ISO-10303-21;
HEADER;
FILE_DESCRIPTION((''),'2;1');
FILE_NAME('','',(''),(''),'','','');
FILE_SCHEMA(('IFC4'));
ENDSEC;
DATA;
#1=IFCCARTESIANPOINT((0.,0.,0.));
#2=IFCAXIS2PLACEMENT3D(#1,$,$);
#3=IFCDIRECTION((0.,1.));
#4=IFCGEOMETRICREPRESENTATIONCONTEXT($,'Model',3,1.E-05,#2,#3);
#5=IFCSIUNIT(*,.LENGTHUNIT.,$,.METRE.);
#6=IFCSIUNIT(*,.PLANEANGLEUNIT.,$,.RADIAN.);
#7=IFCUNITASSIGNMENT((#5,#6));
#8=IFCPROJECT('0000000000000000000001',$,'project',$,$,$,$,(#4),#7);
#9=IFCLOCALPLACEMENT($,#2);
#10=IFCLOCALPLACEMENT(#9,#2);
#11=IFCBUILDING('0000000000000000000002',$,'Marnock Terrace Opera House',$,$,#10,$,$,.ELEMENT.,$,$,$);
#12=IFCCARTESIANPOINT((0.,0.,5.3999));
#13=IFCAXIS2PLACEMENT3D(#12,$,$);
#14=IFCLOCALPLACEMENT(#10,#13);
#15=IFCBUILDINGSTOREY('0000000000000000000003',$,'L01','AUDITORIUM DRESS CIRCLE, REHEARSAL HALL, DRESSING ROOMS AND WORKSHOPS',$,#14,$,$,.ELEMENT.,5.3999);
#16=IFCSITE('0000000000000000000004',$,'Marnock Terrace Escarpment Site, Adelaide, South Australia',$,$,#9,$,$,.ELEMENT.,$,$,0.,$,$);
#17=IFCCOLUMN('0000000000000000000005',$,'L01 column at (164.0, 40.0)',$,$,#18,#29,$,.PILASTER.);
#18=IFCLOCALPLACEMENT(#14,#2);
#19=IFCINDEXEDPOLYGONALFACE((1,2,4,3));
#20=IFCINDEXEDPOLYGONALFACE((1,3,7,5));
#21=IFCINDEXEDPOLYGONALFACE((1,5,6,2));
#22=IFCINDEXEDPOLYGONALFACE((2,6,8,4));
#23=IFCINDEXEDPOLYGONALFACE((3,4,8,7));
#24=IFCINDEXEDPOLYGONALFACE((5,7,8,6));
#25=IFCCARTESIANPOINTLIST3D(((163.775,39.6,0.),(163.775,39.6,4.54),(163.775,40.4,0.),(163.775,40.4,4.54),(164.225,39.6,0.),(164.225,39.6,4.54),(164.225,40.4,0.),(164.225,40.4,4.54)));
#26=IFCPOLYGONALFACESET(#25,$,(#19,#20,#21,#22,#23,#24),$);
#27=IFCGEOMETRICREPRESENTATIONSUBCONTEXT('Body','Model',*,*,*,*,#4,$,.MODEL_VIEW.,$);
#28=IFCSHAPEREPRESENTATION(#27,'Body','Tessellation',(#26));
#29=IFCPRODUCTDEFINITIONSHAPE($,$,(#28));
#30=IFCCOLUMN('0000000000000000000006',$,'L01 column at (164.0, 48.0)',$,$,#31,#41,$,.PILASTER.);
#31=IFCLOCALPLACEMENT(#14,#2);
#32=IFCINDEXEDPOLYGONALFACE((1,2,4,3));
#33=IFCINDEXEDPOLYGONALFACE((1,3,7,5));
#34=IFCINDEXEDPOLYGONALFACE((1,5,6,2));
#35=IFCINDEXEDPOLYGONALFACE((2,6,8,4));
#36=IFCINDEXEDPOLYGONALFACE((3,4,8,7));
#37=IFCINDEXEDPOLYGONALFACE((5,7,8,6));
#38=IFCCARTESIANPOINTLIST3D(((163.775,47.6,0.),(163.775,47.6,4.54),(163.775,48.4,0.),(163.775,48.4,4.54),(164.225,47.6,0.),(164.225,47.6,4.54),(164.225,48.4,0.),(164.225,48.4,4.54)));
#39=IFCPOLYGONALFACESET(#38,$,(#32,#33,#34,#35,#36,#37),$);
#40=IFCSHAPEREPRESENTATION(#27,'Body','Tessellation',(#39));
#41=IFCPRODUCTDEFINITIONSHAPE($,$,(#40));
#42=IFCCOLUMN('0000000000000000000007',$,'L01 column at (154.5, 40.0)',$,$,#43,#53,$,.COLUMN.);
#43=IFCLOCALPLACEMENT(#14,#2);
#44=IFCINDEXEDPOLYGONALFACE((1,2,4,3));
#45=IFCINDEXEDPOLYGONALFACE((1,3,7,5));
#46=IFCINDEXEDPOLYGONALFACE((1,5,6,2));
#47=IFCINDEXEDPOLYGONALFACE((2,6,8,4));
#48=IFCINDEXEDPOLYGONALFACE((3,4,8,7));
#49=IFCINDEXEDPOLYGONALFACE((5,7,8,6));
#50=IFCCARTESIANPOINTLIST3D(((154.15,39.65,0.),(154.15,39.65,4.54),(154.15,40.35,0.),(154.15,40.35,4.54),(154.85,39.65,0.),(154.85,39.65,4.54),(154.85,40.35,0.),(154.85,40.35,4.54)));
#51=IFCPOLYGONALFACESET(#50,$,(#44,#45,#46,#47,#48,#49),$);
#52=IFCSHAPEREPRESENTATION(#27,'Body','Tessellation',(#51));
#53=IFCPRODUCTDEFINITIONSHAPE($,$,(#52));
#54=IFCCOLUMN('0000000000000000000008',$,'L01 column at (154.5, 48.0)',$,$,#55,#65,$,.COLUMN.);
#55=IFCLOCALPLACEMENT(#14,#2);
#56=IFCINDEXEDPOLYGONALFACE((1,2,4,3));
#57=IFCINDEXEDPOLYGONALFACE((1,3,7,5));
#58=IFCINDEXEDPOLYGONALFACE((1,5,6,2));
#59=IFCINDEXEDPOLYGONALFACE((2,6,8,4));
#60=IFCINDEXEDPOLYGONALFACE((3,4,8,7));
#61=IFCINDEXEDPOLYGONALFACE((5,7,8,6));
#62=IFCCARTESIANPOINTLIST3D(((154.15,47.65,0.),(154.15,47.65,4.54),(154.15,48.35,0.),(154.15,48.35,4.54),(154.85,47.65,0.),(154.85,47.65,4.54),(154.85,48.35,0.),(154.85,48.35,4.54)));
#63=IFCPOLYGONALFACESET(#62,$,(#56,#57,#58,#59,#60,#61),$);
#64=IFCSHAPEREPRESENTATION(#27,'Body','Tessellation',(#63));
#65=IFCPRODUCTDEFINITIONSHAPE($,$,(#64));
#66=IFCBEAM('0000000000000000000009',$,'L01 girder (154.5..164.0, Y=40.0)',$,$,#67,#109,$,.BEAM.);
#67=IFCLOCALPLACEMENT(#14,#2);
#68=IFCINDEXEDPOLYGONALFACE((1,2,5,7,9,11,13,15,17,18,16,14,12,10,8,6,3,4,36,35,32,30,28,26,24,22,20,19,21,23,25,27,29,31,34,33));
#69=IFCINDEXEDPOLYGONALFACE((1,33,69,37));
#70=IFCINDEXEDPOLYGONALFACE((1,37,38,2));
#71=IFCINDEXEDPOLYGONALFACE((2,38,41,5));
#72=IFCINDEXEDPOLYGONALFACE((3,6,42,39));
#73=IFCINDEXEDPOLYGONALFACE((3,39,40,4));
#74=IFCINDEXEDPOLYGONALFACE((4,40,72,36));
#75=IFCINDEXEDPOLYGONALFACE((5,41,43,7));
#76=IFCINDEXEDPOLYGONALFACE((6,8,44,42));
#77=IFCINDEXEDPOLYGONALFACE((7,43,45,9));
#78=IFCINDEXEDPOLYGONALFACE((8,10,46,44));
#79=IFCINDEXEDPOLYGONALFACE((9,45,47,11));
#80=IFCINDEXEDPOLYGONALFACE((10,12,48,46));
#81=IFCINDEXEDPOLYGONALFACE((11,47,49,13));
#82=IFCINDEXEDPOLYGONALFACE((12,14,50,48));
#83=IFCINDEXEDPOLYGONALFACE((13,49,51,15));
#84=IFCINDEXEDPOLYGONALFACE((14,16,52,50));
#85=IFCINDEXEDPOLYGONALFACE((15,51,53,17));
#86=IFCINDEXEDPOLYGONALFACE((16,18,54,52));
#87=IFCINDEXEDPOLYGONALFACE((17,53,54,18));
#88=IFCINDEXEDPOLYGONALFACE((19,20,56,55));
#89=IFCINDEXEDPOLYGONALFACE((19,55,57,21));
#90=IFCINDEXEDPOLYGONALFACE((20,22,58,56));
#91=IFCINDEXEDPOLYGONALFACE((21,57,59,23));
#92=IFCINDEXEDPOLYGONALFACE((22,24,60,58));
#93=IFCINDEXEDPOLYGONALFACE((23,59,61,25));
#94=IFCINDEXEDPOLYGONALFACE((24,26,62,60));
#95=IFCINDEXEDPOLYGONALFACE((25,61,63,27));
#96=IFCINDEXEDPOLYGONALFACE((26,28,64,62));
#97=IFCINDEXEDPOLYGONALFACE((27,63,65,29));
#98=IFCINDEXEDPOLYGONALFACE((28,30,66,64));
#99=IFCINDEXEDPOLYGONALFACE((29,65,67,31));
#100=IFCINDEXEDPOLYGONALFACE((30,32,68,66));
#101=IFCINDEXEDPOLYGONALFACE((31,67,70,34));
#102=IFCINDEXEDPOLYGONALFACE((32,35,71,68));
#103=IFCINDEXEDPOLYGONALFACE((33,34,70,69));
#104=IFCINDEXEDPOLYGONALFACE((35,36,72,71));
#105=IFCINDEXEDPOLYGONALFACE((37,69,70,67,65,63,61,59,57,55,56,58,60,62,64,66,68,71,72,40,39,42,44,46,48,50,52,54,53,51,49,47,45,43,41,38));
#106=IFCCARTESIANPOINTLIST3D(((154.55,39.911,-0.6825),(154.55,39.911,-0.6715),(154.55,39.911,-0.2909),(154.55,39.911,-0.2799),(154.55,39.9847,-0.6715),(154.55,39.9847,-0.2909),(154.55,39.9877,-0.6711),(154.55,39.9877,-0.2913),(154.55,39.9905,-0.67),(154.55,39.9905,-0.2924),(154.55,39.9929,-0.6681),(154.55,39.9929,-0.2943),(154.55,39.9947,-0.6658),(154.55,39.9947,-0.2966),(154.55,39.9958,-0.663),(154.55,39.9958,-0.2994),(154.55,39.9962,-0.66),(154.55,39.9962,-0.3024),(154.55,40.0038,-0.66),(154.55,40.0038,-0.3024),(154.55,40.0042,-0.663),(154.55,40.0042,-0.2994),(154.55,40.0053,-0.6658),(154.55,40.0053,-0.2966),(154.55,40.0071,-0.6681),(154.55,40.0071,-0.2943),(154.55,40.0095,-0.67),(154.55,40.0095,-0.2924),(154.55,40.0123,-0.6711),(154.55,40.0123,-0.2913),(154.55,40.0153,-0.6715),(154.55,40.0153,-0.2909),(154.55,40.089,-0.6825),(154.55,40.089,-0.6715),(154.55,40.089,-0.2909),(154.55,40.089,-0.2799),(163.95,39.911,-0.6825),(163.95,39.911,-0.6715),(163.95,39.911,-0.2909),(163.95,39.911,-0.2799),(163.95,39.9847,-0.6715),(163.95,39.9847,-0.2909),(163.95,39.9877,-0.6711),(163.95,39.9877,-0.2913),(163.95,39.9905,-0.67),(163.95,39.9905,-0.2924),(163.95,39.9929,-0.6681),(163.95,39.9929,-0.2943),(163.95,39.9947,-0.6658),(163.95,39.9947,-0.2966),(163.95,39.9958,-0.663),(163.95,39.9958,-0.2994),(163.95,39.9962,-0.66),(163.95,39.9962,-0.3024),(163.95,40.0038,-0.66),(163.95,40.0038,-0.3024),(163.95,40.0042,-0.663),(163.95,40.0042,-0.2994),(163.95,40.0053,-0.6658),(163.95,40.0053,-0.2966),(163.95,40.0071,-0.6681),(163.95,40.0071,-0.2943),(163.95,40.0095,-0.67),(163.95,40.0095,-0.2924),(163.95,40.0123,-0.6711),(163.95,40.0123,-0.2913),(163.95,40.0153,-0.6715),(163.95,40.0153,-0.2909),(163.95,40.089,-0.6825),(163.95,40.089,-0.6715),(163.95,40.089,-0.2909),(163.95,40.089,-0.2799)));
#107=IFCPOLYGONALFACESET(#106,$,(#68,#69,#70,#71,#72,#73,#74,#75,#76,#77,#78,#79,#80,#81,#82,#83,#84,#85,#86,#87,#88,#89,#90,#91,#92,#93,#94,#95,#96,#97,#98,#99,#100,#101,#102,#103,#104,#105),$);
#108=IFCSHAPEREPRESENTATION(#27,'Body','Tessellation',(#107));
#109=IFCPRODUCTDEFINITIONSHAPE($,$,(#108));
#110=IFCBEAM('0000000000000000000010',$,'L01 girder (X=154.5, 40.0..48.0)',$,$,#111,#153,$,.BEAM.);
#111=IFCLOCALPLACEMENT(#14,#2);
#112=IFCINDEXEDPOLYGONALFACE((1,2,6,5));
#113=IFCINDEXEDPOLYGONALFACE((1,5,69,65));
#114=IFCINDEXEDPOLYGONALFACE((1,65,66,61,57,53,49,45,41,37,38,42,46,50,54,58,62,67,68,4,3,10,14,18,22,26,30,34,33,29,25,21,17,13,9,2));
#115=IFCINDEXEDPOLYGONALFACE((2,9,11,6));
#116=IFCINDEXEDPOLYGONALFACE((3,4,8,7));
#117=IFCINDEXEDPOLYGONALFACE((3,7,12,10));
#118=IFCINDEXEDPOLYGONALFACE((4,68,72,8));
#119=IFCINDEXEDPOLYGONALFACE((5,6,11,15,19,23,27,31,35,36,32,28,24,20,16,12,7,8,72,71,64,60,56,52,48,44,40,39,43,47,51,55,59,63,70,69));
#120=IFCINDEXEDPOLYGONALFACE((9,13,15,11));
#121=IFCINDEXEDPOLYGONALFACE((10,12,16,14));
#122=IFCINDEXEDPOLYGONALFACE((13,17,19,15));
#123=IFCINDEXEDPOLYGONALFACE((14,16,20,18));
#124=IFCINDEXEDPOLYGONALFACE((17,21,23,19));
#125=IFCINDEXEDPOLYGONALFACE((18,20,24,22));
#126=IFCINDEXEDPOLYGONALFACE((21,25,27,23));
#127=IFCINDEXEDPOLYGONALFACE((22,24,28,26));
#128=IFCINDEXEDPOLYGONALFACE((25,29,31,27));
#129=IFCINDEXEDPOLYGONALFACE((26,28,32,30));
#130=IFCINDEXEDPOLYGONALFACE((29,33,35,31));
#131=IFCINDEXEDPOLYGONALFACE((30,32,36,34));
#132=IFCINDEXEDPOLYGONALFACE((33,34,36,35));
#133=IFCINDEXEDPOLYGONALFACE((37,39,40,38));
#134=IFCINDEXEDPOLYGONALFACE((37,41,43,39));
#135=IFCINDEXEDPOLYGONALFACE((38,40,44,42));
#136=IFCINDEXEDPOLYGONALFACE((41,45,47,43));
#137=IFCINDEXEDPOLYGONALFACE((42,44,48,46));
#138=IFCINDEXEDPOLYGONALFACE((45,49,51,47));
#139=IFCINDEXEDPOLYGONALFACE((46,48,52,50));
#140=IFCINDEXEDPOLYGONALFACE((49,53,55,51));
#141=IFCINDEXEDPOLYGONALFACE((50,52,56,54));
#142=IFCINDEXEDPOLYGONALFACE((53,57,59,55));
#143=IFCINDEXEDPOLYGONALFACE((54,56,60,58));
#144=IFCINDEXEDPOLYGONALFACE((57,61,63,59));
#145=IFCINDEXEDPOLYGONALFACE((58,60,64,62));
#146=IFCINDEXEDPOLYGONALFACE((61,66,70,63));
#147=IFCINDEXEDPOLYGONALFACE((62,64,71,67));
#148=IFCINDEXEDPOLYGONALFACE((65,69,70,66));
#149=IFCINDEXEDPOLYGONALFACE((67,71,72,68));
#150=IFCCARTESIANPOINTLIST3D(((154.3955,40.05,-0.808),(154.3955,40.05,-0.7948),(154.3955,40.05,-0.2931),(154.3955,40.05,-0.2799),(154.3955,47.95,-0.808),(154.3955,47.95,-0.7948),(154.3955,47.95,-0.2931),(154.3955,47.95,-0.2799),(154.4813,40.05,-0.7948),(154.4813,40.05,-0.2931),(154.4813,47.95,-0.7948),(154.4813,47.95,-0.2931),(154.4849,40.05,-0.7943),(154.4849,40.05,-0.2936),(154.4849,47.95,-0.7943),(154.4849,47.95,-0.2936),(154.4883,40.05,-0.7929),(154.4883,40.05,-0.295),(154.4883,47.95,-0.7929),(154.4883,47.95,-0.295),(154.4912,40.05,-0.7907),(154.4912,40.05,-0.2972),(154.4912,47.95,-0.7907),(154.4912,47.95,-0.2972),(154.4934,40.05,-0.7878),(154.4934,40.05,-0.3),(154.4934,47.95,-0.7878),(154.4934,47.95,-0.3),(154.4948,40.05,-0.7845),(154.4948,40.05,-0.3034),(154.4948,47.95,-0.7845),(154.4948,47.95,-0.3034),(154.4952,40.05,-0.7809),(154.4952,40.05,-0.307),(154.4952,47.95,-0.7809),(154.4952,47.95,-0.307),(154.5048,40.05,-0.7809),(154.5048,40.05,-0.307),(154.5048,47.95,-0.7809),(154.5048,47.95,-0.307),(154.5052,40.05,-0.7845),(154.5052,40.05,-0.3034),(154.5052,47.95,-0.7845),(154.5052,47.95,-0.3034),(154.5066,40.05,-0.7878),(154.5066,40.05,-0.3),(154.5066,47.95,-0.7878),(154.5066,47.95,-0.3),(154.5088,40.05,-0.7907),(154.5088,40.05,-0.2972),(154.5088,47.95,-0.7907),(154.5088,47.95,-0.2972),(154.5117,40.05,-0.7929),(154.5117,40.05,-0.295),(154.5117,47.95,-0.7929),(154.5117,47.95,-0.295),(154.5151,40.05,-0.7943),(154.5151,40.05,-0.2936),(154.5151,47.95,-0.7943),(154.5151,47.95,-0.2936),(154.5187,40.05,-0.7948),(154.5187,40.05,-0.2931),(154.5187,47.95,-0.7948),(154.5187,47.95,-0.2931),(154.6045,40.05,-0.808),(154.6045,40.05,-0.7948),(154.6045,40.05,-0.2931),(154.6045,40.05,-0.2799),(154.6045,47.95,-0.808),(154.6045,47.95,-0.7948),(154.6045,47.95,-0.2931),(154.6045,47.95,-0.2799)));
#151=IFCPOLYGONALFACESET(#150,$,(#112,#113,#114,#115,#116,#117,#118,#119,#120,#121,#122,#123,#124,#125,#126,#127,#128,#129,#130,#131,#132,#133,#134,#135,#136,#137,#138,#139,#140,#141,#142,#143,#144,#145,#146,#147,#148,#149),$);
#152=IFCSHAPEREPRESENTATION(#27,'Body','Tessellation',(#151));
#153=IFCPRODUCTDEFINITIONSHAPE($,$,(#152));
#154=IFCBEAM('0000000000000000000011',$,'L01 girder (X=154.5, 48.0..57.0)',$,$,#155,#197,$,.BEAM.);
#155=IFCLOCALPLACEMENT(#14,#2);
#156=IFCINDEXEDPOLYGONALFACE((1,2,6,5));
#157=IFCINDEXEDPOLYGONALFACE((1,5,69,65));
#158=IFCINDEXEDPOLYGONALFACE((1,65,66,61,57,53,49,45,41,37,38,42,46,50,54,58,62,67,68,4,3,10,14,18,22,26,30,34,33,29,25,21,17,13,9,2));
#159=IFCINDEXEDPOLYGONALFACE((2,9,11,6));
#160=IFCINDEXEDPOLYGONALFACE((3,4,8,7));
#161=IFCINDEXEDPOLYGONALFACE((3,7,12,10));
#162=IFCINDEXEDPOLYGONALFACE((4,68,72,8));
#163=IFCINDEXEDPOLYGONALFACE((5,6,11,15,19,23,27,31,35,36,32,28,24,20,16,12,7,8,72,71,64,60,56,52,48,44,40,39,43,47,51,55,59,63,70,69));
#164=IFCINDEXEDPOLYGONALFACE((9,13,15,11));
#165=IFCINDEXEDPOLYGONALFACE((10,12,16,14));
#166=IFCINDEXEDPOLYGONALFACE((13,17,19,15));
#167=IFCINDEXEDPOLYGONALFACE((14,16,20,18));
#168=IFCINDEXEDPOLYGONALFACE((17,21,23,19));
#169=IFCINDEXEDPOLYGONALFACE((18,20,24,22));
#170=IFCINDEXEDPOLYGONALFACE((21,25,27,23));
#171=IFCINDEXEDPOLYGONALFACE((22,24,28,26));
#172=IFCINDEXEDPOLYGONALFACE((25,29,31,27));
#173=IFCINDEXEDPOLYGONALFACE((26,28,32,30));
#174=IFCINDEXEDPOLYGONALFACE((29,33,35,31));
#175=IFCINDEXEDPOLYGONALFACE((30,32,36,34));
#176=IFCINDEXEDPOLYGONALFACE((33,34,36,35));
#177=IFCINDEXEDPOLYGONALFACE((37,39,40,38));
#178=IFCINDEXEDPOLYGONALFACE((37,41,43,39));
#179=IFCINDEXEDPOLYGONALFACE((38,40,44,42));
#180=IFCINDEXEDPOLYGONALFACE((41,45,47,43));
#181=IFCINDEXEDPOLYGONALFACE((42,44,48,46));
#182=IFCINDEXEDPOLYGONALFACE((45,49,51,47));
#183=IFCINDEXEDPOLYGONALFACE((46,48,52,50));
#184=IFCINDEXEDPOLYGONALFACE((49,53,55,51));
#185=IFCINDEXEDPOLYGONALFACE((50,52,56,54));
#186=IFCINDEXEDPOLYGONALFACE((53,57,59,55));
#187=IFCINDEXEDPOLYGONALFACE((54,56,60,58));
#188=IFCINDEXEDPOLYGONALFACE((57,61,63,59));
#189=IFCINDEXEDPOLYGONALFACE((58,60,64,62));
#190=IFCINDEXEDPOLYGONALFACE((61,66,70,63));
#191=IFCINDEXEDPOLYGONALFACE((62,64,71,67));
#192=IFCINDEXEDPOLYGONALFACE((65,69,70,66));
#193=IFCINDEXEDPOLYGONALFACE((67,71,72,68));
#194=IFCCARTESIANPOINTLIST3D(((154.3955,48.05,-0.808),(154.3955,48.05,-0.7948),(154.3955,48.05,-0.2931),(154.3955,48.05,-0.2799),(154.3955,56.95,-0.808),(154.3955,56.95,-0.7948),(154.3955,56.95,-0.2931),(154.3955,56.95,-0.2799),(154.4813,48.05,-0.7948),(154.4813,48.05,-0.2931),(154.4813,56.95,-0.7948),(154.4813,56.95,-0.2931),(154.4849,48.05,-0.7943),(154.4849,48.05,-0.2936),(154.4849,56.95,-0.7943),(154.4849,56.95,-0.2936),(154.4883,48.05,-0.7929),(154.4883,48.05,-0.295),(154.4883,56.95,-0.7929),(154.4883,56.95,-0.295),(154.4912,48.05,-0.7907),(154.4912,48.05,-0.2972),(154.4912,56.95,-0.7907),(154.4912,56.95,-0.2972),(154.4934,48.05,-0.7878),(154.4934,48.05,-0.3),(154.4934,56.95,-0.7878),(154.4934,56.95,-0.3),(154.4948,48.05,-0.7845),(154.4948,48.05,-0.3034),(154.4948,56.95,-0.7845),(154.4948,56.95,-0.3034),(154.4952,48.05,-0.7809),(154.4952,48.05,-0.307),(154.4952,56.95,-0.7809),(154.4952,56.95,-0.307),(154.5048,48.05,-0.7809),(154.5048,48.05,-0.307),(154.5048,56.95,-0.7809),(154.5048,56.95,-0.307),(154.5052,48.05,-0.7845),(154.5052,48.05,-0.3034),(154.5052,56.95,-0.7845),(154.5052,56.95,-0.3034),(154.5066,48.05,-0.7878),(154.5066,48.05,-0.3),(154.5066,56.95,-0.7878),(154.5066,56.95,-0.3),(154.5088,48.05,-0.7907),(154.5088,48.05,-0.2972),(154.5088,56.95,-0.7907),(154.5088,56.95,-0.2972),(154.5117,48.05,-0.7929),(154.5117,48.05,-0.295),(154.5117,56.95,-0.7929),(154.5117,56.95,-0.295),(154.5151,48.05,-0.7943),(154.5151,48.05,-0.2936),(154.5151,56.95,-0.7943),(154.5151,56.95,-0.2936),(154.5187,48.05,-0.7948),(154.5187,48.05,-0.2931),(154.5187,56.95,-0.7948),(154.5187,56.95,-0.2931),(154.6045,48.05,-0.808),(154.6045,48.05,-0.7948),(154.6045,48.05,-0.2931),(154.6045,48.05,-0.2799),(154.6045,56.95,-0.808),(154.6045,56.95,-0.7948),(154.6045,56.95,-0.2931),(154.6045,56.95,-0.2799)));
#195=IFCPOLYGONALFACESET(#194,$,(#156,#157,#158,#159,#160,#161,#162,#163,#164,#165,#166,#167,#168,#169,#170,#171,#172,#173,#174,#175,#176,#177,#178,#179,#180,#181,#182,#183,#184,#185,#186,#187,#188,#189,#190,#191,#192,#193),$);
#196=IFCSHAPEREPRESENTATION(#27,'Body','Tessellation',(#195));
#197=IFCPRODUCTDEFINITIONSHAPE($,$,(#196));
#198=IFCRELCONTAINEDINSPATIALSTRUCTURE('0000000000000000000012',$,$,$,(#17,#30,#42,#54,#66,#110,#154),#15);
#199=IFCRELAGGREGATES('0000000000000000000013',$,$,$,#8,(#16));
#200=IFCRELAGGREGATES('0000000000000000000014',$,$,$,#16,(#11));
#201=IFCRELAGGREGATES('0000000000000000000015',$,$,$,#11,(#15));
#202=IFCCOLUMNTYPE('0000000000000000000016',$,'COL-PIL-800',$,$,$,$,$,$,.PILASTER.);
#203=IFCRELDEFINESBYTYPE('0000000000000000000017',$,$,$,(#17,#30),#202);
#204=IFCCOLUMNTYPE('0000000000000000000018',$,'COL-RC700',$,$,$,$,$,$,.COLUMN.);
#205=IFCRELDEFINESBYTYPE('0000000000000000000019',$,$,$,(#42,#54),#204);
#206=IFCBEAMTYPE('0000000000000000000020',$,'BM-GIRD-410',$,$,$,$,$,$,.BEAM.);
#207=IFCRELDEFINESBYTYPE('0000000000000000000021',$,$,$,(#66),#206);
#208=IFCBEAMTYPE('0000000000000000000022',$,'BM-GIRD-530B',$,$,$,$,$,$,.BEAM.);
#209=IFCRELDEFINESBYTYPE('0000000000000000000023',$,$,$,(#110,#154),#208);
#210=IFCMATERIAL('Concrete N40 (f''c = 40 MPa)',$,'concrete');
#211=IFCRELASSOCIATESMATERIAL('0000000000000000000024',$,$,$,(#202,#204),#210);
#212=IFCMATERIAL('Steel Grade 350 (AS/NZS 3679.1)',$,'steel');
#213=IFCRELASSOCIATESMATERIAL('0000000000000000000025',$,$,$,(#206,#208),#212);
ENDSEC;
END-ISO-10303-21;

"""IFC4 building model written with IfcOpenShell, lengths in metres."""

from ifc_helpers import new_model, si_unit, direction, frame, origin, origin_2d, place, context, subcontext, project, spatial, rectangle, i_section, extrude, material, material_profile, profile_set, type_object, element, save


model = new_model("IFC4")

# Units and contexts
model_context = context("Model", 3, precision=1e-05, world=origin(), true_north=direction((0.0, 1.0)))
body_context = subcontext(model_context, "Body", "Model", "MODEL_VIEW")
ifc_project = project(units=[si_unit("LENGTHUNIT", "METRE"), si_unit("PLANEANGLEUNIT", "RADIAN")], contexts=[model_context])

# Site, building, storey
site_placement = place(None, origin())
site = spatial("IfcSite", under=ifc_project, at=site_placement, Name="Marnock Terrace Escarpment Site, Adelaide, South Australia", CompositionType="ELEMENT", RefElevation=0.0)
building_placement = place(site_placement, origin())
building = spatial("IfcBuilding", under=site, at=building_placement, Name="Marnock Terrace Opera House", CompositionType="ELEMENT")
storey_placement = place(building_placement, frame((0.0, 0.0, 5.3999)))
storey = spatial("IfcBuildingStorey", under=building, at=storey_placement, Name="L01", Description="AUDITORIUM DRESS CIRCLE, REHEARSAL HALL, DRESSING ROOMS AND WORKSHOPS", CompositionType="ELEMENT", Elevation=5.3999)

# Columns
ifc_material_1 = material(Name="Concrete N40 (f'c = 40 MPa)", Category="concrete")
ifc_material_profile_1 = material_profile(ifc_material_1, rectangle(XDim=0.45, YDim=0.8, at=origin_2d()))
ifc_profile_set_1 = profile_set([ifc_material_profile_1], Name="Concrete N40 (f'c = 40 MPa)")
column_type_1 = type_object("IfcColumnType", Name="COL-PIL-800", PredefinedType="PILASTER", material=ifc_profile_set_1)
for number, where, z_axis, x_axis, name in (
    (1, (164.0, 40.0, 0.0), (0.0, 0.0, 1.0), (1.0, 0.0, 0.0), "L01 column at (164.0, 40.0)"),
    (2, (164.0, 48.0, 0.0), (0.0, 0.0, 1.0), (1.0, 0.0, 0.0), "L01 column at (164.0, 48.0)"),
):
    element("IfcColumn", number, at=place(storey_placement, frame(where, z_axis=z_axis, x_axis=x_axis)), inside=storey, type_object=column_type_1, Name=name, PredefinedType="PILASTER", context=body_context, shape_type="SweptSolid", body=[
        extrude(rectangle(XDim=0.45, YDim=0.8, at=origin_2d()), origin(), (0.0, 0.0, 1.0), 4.54),
    ])
ifc_material_profile_2 = material_profile(ifc_material_1, rectangle(XDim=0.7, YDim=0.7, at=origin_2d()))
ifc_profile_set_2 = profile_set([ifc_material_profile_2], Name="Concrete N40 (f'c = 40 MPa)")
column_type_2 = type_object("IfcColumnType", Name="COL-RC700", PredefinedType="COLUMN", material=ifc_profile_set_2)
for number, where, z_axis, x_axis, name in (
    (3, (154.5, 40.0, 0.0), (0.0, 0.0, 1.0), (1.0, 0.0, 0.0), "L01 column at (154.5, 40.0)"),
    (4, (154.5, 48.0, 0.0), (0.0, 0.0, 1.0), (1.0, 0.0, 0.0), "L01 column at (154.5, 48.0)"),
):
    element("IfcColumn", number, at=place(storey_placement, frame(where, z_axis=z_axis, x_axis=x_axis)), inside=storey, type_object=column_type_2, Name=name, PredefinedType="COLUMN", context=body_context, shape_type="SweptSolid", body=[
        extrude(rectangle(XDim=0.7, YDim=0.7, at=origin_2d()), origin(), (0.0, 0.0, 1.0), 4.54),
    ])

# Beams
ifc_material_2 = material(Name="Steel Grade 350 (AS/NZS 3679.1)", Category="steel")
ifc_material_profile_3 = material_profile(ifc_material_2, i_section(OverallWidth=0.178, OverallDepth=0.4026, WebThickness=0.0076, FlangeThickness=0.011, FilletRadius=0.0115, at=origin_2d()))
ifc_profile_set_3 = profile_set([ifc_material_profile_3], Name="Steel Grade 350 (AS/NZS 3679.1)")
beam_type_1 = type_object("IfcBeamType", Name="BM-GIRD-410", PredefinedType="BEAM", material=ifc_profile_set_3)
beam_1_placement = place(storey_placement, frame((154.55, 40.0, -0.4812), z_axis=(1.0, 0.0, 0.0), x_axis=(0.0, 1.0, 0.0)))
element("IfcBeam", 5, at=beam_1_placement, inside=storey, type_object=beam_type_1, Name="L01 girder (154.5..164.0, Y=40.0)", PredefinedType="BEAM", context=body_context, shape_type="SweptSolid", body=[
    extrude(i_section(OverallWidth=0.178, OverallDepth=0.4026, WebThickness=0.0076, FlangeThickness=0.011, FilletRadius=0.0115, at=origin_2d()), origin(), (0.0, 0.0, 1.0), 9.3999),
])
ifc_material_profile_4 = material_profile(ifc_material_2, i_section(OverallWidth=0.209, OverallDepth=0.5281, WebThickness=0.0095, FlangeThickness=0.0132, FilletRadius=0.0139, at=origin_2d()))
ifc_profile_set_4 = profile_set([ifc_material_profile_4], Name="Steel Grade 350 (AS/NZS 3679.1)")
beam_type_2 = type_object("IfcBeamType", Name="BM-GIRD-530B", PredefinedType="BEAM", material=ifc_profile_set_4)
beam_2_placement = place(storey_placement, frame((154.5, 40.05, -0.5439), z_axis=(0.0, 1.0, 0.0), x_axis=(-1.0, 0.0, 0.0)))
element("IfcBeam", 6, at=beam_2_placement, inside=storey, type_object=beam_type_2, Name="L01 girder (X=154.5, 40.0..48.0)", PredefinedType="BEAM", context=body_context, shape_type="SweptSolid", body=[
    extrude(i_section(OverallWidth=0.209, OverallDepth=0.5281, WebThickness=0.0095, FlangeThickness=0.0132, FilletRadius=0.0139, at=origin_2d()), origin(), (0.0, 0.0, 1.0), 7.8999),
])
beam_3_placement = place(storey_placement, frame((154.5, 48.05, -0.5439), z_axis=(0.0, 1.0, 0.0), x_axis=(-1.0, 0.0, 0.0)))
element("IfcBeam", 7, at=beam_3_placement, inside=storey, type_object=beam_type_2, Name="L01 girder (X=154.5, 48.0..57.0)", PredefinedType="BEAM", context=body_context, shape_type="SweptSolid", body=[
    extrude(i_section(OverallWidth=0.209, OverallDepth=0.5281, WebThickness=0.0095, FlangeThickness=0.0132, FilletRadius=0.0139, at=origin_2d()), origin(), (0.0, 0.0, 1.0), 8.8999),
])

save(model, "model.ifc")
